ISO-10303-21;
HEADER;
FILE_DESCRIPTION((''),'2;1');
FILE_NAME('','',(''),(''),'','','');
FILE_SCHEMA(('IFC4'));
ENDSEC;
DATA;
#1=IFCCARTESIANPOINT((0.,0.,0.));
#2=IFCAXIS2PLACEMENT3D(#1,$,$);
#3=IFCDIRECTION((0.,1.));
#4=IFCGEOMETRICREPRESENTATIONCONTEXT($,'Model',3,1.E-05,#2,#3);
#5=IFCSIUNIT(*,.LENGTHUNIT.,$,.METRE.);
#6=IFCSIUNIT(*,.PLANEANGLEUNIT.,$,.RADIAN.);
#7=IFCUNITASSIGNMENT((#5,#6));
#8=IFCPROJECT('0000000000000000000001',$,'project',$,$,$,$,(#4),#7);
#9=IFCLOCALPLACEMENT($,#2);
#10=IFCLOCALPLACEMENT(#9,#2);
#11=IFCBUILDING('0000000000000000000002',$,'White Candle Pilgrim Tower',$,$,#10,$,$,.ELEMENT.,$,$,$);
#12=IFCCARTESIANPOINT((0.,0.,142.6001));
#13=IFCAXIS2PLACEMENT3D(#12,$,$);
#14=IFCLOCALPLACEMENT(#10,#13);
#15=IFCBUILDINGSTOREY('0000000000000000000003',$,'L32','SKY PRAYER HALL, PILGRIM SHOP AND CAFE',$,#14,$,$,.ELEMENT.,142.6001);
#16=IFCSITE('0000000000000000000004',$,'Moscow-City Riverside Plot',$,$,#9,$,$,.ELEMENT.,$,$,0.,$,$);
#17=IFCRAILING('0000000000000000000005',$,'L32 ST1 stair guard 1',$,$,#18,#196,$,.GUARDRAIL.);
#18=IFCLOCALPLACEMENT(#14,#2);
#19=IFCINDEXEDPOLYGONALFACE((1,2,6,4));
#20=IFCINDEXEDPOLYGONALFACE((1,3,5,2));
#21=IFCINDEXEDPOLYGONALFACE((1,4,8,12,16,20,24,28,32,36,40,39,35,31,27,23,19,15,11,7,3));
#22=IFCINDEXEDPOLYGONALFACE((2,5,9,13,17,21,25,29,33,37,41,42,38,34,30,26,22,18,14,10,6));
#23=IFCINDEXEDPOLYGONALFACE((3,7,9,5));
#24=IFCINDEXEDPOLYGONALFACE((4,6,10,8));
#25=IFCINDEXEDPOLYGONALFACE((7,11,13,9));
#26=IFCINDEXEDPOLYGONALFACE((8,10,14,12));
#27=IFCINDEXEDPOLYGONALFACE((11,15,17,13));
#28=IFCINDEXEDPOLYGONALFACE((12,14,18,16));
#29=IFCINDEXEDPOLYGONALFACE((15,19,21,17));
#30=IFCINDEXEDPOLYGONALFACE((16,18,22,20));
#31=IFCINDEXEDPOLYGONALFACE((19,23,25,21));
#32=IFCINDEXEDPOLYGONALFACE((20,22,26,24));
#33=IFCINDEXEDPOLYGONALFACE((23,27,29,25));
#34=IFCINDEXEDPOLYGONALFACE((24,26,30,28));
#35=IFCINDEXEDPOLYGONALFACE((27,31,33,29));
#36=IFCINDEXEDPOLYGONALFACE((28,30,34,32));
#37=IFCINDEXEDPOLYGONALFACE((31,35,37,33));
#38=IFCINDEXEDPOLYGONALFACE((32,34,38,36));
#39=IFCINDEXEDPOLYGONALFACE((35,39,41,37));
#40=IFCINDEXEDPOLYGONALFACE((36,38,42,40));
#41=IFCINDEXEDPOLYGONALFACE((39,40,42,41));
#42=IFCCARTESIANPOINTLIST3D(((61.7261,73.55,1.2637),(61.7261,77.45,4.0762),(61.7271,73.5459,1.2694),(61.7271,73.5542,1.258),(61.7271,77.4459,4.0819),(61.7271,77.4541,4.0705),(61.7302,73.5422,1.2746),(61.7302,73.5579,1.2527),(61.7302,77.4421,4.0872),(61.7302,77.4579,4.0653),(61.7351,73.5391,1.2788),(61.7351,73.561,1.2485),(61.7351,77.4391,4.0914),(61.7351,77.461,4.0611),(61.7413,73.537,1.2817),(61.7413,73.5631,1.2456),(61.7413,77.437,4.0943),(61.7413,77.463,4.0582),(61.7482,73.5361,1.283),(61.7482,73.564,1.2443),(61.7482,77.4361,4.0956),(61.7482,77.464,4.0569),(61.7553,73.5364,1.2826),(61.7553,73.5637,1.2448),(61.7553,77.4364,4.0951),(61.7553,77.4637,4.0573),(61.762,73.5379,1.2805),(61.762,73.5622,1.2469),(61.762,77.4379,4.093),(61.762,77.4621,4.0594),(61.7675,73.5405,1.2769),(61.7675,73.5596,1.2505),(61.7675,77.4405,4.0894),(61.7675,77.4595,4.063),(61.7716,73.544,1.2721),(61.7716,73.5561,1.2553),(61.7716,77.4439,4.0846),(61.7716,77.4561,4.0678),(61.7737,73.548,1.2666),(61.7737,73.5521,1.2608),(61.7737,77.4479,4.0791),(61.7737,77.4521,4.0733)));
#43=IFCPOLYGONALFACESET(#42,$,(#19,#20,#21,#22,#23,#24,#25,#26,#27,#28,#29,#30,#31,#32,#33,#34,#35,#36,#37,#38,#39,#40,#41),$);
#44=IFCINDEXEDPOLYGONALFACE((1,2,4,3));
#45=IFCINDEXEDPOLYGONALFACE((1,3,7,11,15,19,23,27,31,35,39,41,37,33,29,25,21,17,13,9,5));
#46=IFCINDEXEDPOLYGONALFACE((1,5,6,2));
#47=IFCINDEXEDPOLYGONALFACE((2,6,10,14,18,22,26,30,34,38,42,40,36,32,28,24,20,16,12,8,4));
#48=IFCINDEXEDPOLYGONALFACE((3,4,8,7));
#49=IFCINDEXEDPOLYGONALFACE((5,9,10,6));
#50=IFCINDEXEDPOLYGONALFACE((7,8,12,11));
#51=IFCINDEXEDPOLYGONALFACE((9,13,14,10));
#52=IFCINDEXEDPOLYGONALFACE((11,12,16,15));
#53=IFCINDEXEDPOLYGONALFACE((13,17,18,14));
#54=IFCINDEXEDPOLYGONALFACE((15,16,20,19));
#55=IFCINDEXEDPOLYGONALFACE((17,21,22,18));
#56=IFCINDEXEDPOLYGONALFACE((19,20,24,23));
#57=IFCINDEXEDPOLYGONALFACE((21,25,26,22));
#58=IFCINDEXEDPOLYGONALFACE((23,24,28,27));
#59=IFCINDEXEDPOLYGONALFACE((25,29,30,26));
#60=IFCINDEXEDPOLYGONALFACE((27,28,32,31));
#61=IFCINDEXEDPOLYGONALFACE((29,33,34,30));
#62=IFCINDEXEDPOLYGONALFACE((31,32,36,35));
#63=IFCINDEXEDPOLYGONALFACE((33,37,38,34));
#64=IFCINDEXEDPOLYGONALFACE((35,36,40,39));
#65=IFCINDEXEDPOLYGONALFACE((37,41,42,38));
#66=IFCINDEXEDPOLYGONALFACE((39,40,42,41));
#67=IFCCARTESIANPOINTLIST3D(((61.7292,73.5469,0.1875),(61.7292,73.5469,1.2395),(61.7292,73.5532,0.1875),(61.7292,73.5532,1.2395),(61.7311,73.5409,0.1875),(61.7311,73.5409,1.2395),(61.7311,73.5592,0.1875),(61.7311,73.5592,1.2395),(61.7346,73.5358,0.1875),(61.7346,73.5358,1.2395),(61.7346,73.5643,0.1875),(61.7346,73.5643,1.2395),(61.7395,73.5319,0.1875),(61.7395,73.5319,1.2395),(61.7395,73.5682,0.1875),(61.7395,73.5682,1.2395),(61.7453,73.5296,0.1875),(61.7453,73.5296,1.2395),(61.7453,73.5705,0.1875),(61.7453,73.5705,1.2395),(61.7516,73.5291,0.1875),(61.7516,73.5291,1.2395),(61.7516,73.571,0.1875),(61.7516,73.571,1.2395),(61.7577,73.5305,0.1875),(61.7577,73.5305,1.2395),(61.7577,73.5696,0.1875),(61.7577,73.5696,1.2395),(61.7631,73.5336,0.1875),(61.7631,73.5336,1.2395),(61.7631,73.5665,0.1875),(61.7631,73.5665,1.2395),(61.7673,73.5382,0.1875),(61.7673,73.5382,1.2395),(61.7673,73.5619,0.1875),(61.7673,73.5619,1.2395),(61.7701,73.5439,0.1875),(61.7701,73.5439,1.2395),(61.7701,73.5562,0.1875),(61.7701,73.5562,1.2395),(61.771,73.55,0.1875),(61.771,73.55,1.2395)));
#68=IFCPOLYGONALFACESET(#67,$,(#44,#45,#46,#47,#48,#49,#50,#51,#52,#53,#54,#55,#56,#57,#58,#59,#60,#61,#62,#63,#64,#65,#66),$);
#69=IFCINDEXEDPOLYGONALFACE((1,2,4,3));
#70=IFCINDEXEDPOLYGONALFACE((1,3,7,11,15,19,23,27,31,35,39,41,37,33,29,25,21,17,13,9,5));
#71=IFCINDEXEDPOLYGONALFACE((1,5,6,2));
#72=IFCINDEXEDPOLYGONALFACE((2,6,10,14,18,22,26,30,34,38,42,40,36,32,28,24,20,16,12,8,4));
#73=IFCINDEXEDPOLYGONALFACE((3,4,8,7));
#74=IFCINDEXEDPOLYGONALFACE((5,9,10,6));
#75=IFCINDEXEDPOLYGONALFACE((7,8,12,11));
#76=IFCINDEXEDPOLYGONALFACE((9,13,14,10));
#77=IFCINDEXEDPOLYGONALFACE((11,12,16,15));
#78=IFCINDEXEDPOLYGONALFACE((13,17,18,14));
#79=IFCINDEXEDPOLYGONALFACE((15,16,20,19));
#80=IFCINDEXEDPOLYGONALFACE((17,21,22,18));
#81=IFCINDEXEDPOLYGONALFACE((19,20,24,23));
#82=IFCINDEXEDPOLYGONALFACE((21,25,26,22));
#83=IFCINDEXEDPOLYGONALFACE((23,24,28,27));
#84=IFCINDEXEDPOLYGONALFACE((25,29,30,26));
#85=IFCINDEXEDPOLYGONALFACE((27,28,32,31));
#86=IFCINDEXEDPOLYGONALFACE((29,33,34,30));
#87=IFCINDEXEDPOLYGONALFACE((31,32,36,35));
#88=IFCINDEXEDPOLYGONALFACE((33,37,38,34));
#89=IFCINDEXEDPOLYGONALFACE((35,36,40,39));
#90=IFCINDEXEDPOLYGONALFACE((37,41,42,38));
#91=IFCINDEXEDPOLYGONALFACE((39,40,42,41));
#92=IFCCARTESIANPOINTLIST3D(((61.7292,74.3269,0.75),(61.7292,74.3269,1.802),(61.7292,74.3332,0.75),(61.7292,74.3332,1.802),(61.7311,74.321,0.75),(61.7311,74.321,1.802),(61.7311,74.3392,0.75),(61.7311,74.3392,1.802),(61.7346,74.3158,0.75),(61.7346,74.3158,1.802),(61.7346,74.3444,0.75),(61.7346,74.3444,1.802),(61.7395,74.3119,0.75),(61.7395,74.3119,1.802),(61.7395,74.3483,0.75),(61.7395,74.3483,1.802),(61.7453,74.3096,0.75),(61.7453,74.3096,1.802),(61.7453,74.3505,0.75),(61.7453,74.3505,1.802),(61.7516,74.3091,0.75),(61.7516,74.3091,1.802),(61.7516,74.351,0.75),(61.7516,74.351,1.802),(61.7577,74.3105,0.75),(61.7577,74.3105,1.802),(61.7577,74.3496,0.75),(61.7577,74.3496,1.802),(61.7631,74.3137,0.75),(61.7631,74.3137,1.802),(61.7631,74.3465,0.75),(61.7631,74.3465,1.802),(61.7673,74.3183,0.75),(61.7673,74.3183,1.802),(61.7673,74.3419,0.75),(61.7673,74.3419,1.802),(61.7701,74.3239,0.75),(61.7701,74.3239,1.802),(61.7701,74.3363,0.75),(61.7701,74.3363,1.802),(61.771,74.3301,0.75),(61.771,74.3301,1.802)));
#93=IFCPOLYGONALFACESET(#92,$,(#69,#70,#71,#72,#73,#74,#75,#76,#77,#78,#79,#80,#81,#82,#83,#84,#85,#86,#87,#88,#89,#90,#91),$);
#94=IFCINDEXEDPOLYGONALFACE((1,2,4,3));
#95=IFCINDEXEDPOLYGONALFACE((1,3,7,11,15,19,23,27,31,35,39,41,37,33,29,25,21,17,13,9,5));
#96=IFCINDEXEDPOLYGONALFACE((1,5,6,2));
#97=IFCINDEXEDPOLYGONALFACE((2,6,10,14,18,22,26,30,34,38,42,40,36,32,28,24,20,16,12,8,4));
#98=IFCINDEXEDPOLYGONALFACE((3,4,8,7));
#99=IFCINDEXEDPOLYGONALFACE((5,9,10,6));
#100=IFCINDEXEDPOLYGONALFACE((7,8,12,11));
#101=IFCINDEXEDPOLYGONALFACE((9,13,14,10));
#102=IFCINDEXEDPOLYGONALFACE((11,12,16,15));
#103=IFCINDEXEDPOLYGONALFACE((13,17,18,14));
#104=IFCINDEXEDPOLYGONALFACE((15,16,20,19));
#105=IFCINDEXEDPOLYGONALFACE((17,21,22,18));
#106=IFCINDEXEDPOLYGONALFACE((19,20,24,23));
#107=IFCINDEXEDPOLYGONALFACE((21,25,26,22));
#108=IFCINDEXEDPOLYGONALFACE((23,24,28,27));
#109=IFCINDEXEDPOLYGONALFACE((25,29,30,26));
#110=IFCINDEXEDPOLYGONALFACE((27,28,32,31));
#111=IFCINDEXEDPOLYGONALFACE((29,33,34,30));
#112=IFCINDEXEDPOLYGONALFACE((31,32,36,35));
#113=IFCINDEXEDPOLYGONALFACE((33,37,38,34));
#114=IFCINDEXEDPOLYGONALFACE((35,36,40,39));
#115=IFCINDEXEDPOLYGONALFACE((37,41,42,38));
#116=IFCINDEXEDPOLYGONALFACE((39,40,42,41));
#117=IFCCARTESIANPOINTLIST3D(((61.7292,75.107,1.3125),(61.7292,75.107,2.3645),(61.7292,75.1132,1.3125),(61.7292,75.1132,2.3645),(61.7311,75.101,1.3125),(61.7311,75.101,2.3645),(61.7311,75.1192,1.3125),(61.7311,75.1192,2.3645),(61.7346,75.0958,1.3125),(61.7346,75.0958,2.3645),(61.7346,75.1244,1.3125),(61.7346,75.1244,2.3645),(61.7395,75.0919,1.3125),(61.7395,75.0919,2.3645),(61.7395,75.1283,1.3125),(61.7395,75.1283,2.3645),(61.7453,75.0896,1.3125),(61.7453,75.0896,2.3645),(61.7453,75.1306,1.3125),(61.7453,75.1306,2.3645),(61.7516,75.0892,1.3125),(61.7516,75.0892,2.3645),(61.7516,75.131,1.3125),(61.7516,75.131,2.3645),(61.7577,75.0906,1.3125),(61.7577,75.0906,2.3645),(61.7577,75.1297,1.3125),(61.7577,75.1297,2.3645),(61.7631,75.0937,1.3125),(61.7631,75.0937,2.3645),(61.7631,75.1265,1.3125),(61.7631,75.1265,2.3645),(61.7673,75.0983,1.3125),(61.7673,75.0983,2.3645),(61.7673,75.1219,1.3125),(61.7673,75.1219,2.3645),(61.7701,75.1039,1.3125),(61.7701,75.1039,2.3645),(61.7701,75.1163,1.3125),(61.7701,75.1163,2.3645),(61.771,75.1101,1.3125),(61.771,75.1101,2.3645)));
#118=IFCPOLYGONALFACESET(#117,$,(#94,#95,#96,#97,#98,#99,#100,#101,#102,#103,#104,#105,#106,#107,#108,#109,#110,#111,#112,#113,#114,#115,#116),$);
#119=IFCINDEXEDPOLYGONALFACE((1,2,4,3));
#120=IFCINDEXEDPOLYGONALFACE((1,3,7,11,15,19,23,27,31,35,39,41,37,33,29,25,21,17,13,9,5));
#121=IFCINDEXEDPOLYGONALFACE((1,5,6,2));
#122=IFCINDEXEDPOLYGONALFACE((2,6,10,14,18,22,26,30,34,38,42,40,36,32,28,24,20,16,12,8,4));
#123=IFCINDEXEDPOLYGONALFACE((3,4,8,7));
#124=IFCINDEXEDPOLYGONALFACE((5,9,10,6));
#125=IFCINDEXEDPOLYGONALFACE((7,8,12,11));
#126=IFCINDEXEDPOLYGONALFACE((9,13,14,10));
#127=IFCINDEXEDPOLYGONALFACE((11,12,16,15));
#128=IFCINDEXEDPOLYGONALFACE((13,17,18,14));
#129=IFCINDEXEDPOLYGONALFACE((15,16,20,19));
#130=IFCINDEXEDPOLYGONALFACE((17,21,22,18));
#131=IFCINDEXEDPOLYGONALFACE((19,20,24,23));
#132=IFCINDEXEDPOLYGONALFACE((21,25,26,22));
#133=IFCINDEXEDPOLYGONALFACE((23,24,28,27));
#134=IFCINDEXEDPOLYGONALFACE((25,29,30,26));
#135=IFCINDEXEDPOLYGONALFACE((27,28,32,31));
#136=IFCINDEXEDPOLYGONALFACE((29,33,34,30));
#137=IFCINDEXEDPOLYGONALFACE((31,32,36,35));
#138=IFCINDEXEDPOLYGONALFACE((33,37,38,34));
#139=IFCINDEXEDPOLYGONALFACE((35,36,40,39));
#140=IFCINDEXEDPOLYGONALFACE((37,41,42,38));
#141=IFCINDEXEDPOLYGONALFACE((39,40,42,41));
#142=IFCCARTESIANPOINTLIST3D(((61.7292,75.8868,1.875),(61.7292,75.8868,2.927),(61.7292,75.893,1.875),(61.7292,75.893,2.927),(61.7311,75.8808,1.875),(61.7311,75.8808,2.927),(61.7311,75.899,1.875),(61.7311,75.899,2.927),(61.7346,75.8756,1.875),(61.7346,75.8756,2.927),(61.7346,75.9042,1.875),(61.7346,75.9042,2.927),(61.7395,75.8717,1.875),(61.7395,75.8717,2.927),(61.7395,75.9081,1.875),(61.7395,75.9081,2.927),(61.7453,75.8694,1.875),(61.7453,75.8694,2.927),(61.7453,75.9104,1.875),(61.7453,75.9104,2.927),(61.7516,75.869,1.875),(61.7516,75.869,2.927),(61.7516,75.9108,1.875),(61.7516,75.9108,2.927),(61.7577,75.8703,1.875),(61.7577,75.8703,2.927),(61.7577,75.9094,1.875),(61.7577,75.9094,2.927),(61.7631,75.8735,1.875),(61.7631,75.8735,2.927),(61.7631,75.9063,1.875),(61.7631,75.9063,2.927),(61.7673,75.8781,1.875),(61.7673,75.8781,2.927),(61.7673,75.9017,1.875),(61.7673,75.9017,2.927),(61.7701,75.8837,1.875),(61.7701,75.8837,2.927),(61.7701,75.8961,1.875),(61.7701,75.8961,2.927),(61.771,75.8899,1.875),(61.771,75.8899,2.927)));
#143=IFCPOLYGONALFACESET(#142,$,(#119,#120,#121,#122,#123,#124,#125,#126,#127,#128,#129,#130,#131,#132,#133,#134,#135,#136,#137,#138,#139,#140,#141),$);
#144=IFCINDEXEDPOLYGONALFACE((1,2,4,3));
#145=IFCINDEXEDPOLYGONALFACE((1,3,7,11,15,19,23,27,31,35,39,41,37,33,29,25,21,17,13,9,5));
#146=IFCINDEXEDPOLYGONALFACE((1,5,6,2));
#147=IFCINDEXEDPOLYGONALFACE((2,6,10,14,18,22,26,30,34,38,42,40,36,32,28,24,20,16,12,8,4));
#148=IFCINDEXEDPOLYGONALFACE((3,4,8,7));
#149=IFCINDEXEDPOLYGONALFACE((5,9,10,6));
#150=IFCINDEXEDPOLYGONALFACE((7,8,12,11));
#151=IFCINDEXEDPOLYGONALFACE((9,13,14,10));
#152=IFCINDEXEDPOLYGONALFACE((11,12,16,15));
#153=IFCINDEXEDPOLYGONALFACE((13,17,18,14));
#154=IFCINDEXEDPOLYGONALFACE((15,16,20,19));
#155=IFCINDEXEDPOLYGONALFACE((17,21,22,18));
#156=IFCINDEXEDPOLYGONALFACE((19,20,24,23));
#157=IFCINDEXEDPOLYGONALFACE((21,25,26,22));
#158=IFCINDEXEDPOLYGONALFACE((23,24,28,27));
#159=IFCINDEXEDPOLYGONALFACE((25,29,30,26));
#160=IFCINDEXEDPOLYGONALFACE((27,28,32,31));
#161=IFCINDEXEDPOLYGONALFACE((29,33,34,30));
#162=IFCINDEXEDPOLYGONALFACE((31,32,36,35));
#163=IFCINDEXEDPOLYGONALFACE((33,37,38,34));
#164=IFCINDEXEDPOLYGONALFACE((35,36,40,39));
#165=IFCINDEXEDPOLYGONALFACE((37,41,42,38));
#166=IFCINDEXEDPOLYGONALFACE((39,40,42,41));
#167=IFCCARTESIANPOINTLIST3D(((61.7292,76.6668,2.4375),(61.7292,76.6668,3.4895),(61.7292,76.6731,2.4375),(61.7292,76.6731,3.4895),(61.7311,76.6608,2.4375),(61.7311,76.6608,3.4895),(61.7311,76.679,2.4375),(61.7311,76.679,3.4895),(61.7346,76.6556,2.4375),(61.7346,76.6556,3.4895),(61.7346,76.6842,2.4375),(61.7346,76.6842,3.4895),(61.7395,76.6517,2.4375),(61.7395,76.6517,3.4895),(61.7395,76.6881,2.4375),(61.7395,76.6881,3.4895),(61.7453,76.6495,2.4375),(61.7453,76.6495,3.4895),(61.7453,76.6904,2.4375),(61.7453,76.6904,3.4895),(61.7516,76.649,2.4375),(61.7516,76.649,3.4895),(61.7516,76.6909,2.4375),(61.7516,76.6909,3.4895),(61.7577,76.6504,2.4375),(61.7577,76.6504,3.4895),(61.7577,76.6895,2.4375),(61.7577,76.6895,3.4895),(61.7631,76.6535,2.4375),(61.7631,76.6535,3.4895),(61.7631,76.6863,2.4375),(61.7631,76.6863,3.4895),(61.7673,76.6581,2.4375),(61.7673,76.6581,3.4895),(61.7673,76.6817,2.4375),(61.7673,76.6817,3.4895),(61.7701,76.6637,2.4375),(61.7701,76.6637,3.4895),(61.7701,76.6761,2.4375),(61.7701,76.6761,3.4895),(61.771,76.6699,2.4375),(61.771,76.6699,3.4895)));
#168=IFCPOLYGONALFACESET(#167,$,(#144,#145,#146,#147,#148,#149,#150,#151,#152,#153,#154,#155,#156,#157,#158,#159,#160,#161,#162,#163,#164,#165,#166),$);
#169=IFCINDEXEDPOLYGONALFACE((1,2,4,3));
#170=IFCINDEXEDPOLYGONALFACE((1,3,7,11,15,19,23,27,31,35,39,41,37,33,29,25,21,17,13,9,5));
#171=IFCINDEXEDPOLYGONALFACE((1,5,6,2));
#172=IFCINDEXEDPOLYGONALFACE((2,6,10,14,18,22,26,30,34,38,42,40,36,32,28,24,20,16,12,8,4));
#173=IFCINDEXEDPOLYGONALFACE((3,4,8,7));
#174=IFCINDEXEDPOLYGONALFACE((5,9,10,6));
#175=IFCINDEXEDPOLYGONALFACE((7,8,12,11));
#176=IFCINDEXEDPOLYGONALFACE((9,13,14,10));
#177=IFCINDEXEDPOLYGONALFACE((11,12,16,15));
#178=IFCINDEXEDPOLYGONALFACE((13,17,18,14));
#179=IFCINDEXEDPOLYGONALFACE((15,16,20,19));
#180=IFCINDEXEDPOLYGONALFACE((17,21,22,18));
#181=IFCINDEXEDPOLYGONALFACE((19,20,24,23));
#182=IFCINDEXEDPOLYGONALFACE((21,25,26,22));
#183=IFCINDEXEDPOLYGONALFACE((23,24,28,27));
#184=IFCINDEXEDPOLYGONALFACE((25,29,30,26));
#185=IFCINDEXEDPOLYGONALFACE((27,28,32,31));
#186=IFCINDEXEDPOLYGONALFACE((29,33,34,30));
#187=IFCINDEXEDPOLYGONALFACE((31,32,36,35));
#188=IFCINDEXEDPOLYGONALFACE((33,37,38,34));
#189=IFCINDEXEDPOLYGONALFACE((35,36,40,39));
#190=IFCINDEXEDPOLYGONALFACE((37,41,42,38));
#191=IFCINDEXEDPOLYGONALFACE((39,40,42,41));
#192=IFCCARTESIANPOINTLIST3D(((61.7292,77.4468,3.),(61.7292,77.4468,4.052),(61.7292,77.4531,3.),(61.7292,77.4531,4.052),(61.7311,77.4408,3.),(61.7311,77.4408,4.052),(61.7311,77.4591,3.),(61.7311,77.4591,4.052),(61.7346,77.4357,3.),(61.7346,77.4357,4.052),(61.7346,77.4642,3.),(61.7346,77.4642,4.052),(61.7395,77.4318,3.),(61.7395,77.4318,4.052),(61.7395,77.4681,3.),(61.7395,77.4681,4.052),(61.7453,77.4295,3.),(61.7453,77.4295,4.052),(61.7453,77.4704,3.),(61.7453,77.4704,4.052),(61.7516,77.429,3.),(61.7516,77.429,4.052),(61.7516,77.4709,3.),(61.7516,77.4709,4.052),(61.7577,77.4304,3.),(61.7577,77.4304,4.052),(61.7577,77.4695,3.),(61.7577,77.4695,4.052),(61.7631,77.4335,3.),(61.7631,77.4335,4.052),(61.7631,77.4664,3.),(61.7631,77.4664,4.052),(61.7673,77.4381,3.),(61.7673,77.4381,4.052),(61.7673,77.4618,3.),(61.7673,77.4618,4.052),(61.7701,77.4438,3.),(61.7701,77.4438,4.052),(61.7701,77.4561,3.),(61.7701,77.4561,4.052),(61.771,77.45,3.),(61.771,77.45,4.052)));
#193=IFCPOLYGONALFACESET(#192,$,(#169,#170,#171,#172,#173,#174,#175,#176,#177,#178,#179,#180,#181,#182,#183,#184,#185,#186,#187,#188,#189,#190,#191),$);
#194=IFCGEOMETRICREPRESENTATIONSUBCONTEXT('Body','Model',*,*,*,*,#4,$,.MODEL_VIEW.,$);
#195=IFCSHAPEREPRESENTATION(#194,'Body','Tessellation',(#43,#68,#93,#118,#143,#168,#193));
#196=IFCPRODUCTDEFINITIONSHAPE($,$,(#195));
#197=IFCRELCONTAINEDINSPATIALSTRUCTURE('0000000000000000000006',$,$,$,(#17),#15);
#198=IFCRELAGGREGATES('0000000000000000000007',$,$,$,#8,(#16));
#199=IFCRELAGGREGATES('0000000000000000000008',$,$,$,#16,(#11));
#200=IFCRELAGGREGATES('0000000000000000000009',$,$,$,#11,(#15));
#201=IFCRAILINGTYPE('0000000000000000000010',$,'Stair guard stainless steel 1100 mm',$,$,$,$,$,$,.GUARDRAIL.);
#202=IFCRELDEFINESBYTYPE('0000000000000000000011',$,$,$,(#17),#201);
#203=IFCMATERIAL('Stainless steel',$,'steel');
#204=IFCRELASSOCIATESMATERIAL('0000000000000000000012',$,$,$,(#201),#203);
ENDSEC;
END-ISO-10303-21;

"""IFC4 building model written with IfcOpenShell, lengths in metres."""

from ifc_helpers import new_model, si_unit, direction, frame, origin, origin_2d, place, context, subcontext, project, spatial, circle, extrude, material, type_object, element, save


model = new_model("IFC4")

# Units and contexts
model_context = context("Model", 3, precision=1e-05, world=origin(), true_north=direction((0.0, 1.0)))
body_context = subcontext(model_context, "Body", "Model", "MODEL_VIEW")
ifc_project = project(units=[si_unit("LENGTHUNIT", "METRE"), si_unit("PLANEANGLEUNIT", "RADIAN")], contexts=[model_context])

# Site, building, storey
site_placement = place(None, origin())
site = spatial("IfcSite", under=ifc_project, at=site_placement, Name="Moscow-City Riverside Plot", CompositionType="ELEMENT", RefElevation=0.0)
building_placement = place(site_placement, origin())
building = spatial("IfcBuilding", under=site, at=building_placement, Name="White Candle Pilgrim Tower", CompositionType="ELEMENT")
storey_placement = place(building_placement, frame((0.0, 0.0, 142.6001)))
storey = spatial("IfcBuildingStorey", under=building, at=storey_placement, Name="L32", Description="SKY PRAYER HALL, PILGRIM SHOP AND CAFE", CompositionType="ELEMENT", Elevation=142.6001)

# Railing
ifc_material_1 = material(Name="Stainless steel", Category="steel")
railing_type_1 = type_object("IfcRailingType", Name="Stair guard stainless steel 1100 mm", PredefinedType="GUARDRAIL", material=ifc_material_1)
railing_1_placement = place(storey_placement, frame((61.75, 73.55, 0.1875)))
element("IfcRailing", 1, at=railing_1_placement, inside=storey, type_object=railing_type_1, Name="L32 ST1 stair guard 1", PredefinedType="GUARDRAIL", context=body_context, shape_type="SweptSolid", body=[
    extrude(circle(Radius=0.0239, at=origin_2d()), frame((0.0, 0.0, 1.0762), z_axis=(0.0, 0.811083, 0.584931), x_axis=(-1.0, 0.0, 0.0)), (0.0, 0.0, 1.0), 4.8083),
    extrude(circle(Radius=0.021, at=origin_2d()), origin(), (0.0, 0.0, 1.0), 1.052),
    extrude(circle(Radius=0.021, at=origin_2d()), frame((0.0, 0.78, 0.5625)), (0.0, 0.0, 1.0), 1.052),
    extrude(circle(Radius=0.021, at=origin_2d()), frame((0.0, 1.5601, 1.125)), (0.0, 0.0, 1.0), 1.052),
    extrude(circle(Radius=0.021, at=origin_2d()), frame((0.0, 2.3398, 1.6875)), (0.0, 0.0, 1.0), 1.052),
    extrude(circle(Radius=0.021, at=origin_2d()), frame((0.0, 3.1199, 2.25)), (0.0, 0.0, 1.0), 1.052),
    extrude(circle(Radius=0.021, at=origin_2d()), frame((0.0, 3.8999, 2.8125)), (0.0, 0.0, 1.0), 1.052),
])

save(model, "model.ifc")
